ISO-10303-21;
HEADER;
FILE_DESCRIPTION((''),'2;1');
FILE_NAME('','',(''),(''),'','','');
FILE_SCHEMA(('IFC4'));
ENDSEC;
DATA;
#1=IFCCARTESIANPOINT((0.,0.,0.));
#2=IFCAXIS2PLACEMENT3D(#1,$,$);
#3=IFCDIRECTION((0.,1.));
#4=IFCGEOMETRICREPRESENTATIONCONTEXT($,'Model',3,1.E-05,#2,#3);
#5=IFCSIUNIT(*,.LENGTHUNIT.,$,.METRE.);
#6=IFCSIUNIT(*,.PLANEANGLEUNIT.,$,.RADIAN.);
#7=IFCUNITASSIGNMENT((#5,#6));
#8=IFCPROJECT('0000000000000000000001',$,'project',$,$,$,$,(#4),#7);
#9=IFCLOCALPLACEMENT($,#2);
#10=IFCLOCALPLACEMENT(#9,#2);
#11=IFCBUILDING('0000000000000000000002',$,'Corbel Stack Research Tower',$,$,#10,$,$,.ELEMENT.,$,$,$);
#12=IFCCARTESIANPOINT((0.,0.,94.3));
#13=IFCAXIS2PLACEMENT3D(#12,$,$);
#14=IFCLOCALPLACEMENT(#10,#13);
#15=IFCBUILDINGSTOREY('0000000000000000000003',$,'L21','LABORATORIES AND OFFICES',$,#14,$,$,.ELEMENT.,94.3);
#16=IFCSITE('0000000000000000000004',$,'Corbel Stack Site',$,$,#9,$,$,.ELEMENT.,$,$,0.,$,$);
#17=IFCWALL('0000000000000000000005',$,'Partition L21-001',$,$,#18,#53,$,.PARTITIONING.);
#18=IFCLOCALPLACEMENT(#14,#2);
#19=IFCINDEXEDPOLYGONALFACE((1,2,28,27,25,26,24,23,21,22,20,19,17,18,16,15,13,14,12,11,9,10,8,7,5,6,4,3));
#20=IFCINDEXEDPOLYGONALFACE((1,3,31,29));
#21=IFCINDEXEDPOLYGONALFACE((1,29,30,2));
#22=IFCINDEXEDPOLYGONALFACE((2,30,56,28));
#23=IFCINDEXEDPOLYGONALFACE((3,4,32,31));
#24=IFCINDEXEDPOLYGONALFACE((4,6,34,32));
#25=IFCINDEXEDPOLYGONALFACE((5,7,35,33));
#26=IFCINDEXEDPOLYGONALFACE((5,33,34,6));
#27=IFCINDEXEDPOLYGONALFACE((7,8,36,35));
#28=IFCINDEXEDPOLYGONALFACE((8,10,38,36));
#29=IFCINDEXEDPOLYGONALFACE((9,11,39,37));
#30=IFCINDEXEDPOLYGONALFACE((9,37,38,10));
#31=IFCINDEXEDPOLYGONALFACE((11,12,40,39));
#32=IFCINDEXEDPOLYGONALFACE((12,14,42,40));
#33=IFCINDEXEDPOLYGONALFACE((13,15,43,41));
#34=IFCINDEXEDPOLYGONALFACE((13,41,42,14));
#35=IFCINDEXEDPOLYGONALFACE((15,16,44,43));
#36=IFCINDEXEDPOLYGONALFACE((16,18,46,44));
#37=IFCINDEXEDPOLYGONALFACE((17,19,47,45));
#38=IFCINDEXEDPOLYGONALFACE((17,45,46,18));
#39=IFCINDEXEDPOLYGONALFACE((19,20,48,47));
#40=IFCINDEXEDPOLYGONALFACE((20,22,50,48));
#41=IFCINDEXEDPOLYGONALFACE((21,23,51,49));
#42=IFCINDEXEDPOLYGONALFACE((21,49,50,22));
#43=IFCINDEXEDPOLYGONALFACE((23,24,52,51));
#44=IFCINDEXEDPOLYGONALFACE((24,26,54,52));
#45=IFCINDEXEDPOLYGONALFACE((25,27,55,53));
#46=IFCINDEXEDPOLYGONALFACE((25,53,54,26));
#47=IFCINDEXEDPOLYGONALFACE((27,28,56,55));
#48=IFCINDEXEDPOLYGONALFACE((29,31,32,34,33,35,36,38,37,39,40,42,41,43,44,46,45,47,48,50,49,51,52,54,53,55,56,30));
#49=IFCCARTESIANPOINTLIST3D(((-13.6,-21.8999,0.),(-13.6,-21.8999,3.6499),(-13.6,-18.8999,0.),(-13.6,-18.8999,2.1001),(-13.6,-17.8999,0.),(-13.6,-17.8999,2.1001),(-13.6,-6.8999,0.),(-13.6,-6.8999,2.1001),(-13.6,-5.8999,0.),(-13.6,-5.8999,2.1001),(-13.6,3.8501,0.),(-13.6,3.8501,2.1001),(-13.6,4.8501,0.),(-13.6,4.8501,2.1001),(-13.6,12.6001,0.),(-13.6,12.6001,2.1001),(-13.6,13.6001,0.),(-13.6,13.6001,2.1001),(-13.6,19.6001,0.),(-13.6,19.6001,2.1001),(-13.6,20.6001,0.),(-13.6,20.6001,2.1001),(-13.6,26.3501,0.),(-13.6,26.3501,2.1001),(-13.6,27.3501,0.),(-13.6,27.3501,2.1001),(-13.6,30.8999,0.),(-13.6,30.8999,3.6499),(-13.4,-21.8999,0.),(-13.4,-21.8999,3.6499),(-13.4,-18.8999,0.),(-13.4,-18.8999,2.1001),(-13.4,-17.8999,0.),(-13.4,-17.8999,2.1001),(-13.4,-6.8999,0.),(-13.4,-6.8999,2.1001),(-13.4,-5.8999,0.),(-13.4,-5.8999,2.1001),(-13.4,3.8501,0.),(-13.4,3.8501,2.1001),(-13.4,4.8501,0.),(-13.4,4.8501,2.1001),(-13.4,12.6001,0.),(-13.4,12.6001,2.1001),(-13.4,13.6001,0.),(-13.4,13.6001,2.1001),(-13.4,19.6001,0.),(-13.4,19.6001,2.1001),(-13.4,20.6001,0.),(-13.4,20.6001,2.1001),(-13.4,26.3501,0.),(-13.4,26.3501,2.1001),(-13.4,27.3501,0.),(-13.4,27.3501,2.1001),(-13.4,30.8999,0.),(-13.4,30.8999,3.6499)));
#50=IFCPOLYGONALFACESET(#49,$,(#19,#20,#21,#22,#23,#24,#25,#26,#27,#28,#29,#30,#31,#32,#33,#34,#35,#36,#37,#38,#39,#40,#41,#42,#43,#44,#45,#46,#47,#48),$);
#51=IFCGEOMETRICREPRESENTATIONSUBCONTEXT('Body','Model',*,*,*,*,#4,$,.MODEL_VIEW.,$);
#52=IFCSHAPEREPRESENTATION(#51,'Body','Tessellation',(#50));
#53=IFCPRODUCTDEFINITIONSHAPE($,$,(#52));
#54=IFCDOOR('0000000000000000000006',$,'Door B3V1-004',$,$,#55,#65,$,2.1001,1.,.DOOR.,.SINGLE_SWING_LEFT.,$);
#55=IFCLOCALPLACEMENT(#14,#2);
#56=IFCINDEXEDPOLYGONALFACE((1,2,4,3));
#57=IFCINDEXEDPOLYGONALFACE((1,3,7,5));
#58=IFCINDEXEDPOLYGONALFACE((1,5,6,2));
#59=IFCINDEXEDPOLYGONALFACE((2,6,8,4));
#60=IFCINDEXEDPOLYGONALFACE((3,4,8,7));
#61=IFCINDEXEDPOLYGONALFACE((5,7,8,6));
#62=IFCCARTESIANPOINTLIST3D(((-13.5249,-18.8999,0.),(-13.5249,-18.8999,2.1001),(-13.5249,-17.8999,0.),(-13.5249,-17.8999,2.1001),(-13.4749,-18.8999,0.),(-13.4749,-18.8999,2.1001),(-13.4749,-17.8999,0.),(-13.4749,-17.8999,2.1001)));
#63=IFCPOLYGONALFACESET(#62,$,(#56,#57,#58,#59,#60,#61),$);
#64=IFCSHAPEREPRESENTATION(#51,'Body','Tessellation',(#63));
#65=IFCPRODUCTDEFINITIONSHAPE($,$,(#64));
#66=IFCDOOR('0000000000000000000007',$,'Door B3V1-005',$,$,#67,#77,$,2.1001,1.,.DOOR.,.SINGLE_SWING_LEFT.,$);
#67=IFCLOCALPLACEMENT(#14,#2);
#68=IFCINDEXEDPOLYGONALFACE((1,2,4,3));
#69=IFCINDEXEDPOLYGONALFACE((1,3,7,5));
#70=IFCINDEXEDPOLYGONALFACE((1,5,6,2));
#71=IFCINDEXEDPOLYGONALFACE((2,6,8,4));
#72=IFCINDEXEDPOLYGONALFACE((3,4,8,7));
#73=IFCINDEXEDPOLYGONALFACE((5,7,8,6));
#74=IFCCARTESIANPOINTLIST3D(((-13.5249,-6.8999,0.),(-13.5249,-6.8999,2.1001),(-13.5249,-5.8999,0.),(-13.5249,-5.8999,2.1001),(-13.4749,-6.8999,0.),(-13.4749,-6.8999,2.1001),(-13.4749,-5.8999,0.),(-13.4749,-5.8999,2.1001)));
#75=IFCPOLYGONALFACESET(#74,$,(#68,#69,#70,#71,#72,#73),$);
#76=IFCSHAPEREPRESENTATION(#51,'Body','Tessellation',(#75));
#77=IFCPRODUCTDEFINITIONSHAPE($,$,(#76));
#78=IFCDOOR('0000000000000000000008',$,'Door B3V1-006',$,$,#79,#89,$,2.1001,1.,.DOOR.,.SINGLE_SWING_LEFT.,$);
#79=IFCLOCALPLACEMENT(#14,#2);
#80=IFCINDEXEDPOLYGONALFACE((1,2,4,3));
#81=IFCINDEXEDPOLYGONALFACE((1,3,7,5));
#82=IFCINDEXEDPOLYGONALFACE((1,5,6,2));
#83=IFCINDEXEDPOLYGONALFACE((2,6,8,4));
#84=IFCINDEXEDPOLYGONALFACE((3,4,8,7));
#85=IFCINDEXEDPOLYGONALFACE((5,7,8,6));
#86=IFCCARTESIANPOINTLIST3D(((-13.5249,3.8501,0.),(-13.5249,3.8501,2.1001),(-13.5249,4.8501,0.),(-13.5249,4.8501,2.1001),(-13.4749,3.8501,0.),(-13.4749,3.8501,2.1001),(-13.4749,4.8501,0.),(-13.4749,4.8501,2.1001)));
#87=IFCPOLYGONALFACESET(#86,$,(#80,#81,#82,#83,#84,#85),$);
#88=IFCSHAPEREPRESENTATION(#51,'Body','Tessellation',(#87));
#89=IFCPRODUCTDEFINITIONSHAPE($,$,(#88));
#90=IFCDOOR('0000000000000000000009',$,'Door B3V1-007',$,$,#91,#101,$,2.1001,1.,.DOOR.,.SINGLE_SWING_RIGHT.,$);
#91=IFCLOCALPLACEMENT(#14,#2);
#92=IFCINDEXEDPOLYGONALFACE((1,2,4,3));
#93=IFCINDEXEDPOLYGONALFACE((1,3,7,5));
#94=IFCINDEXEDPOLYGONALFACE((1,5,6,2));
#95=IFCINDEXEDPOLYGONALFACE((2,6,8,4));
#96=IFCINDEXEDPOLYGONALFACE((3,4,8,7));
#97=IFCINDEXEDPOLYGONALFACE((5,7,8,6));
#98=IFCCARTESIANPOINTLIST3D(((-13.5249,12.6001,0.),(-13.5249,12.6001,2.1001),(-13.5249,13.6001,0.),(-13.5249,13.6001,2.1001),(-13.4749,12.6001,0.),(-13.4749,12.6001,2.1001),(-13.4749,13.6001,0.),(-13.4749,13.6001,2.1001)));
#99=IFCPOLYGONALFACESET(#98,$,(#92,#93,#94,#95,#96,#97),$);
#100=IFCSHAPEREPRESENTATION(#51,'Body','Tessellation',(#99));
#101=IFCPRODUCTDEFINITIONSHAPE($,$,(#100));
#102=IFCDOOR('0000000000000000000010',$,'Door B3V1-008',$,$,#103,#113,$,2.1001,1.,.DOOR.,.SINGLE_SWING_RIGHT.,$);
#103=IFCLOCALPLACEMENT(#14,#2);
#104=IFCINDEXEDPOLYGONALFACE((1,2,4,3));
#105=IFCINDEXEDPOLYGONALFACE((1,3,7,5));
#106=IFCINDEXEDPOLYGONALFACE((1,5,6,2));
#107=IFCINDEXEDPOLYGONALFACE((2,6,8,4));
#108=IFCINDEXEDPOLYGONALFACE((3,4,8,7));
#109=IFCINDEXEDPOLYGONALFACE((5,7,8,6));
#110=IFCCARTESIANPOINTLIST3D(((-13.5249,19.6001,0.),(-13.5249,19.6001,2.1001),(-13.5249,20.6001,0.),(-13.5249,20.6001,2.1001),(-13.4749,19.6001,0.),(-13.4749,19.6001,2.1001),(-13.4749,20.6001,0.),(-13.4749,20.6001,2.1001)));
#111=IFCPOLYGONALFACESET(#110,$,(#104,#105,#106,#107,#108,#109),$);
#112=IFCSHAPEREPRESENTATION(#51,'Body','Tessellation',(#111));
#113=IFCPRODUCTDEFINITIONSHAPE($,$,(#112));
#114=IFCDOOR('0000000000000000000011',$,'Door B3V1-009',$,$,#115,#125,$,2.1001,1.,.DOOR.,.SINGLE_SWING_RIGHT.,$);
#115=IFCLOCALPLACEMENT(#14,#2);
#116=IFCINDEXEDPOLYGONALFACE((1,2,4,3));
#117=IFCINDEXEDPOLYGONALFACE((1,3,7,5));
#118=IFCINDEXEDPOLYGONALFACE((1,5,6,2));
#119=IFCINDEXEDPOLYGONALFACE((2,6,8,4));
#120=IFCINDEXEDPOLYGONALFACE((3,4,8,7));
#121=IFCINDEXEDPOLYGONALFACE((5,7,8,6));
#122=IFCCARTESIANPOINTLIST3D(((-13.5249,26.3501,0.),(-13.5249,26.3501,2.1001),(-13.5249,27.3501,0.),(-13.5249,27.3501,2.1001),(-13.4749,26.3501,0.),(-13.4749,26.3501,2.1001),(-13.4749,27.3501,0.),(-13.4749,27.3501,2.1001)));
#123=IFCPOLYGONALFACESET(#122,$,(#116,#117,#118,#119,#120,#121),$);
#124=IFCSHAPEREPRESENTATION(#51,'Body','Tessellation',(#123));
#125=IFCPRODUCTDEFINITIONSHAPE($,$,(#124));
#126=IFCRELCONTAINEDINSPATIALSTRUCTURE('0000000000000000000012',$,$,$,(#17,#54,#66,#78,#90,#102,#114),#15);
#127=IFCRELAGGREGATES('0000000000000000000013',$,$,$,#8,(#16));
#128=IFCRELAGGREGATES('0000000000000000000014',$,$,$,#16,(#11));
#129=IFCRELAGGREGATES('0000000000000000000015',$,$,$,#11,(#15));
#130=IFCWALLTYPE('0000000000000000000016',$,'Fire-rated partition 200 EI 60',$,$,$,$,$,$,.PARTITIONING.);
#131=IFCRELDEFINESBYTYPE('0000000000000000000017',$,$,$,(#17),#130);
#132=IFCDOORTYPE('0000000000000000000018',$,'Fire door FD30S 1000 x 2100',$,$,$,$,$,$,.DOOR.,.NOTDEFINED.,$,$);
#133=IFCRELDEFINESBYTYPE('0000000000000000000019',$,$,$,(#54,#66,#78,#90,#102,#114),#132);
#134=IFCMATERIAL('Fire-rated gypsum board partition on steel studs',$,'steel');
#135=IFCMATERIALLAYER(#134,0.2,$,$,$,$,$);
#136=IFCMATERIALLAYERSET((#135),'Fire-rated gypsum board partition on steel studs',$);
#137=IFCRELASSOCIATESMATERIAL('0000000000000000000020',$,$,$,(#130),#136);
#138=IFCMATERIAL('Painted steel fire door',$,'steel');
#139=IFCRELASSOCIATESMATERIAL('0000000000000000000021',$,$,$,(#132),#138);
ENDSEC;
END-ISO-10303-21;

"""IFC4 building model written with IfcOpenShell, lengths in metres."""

from ifc_helpers import new_model, si_unit, direction, frame, frame_2d, origin, place, context, subcontext, project, spatial, rectangle, extrude, material, layer, layer_set, type_object, element, fill, save


model = new_model("IFC4")

# Units and contexts
model_context = context("Model", 3, precision=1e-05, world=origin(), true_north=direction((0.0, 1.0)))
body_context = subcontext(model_context, "Body", "Model", "MODEL_VIEW")
ifc_project = project(units=[si_unit("LENGTHUNIT", "METRE"), si_unit("PLANEANGLEUNIT", "RADIAN")], contexts=[model_context])

# Site, building, storey
site_placement = place(None, origin())
site = spatial("IfcSite", under=ifc_project, at=site_placement, Name="Corbel Stack Site", CompositionType="ELEMENT", RefElevation=0.0)
building_placement = place(site_placement, origin())
building = spatial("IfcBuilding", under=site, at=building_placement, Name="Corbel Stack Research Tower", CompositionType="ELEMENT")
storey_placement = place(building_placement, frame((0.0, 0.0, 94.3)))
storey = spatial("IfcBuildingStorey", under=building, at=storey_placement, Name="L21", Description="LABORATORIES AND OFFICES", CompositionType="ELEMENT", Elevation=94.3)

# Wall, openings, doors
ifc_material_1 = material(Name="Fire-rated gypsum board partition on steel studs", Category="steel")
ifc_layer_1 = layer(ifc_material_1, 0.2)
ifc_layer_set_1 = layer_set([ifc_layer_1], Name="Fire-rated gypsum board partition on steel studs")
wall_type_1 = type_object("IfcWallType", Name="Fire-rated partition 200 EI 60", PredefinedType="PARTITIONING", material=ifc_layer_set_1)
wall_1_placement = place(storey_placement, frame((-13.5, -21.8999, 0.0), z_axis=(0.0, 0.0, 1.0), x_axis=(0.0, 1.0, 0.0)))
wall_1 = element("IfcWall", 1, at=wall_1_placement, inside=storey, type_object=wall_type_1, Name="Partition L21-001", PredefinedType="PARTITIONING", context=body_context, shape_type="SweptSolid", body=[
    extrude(rectangle(XDim=52.7998, YDim=0.2, at=frame_2d((26.3999, 0.0))), origin(), (0.0, 0.0, 1.0), 3.6499),
])
opening_1_placement = place(wall_1_placement, frame((3.0, 0.0, 0.0)))
opening_1 = element("IfcOpeningElement", 2, at=opening_1_placement, cuts=wall_1, PredefinedType="OPENING", context=body_context, shape_type="SweptSolid", body=[
    extrude(rectangle(XDim=1.0, YDim=2.1001, at=frame_2d((0.5, 1.05))), frame((0.0, 0.1099, 0.0), z_axis=(0.0, -1.0, 0.0), x_axis=(1.0, 0.0, 0.0)), (0.0, 0.0, 1.0), 0.22),
])
opening_2_placement = place(wall_1_placement, frame((15.0, 0.0, 0.0)))
opening_2 = element("IfcOpeningElement", 3, at=opening_2_placement, cuts=wall_1, PredefinedType="OPENING", context=body_context, shape_type="SweptSolid", body=[
    extrude(rectangle(XDim=1.0, YDim=2.1001, at=frame_2d((0.5, 1.05))), frame((0.0, 0.1099, 0.0), z_axis=(0.0, -1.0, 0.0), x_axis=(1.0, 0.0, 0.0)), (0.0, 0.0, 1.0), 0.22),
])
opening_3_placement = place(wall_1_placement, frame((25.75, 0.0, 0.0)))
opening_3 = element("IfcOpeningElement", 4, at=opening_3_placement, cuts=wall_1, PredefinedType="OPENING", context=body_context, shape_type="SweptSolid", body=[
    extrude(rectangle(XDim=1.0, YDim=2.1001, at=frame_2d((0.5, 1.05))), frame((0.0, 0.1099, 0.0), z_axis=(0.0, -1.0, 0.0), x_axis=(1.0, 0.0, 0.0)), (0.0, 0.0, 1.0), 0.22),
])
opening_4_placement = place(wall_1_placement, frame((34.5, 0.0, 0.0)))
opening_4 = element("IfcOpeningElement", 5, at=opening_4_placement, cuts=wall_1, PredefinedType="OPENING", context=body_context, shape_type="SweptSolid", body=[
    extrude(rectangle(XDim=1.0, YDim=2.1001, at=frame_2d((0.5, 1.05))), frame((0.0, 0.1099, 0.0), z_axis=(0.0, -1.0, 0.0), x_axis=(1.0, 0.0, 0.0)), (0.0, 0.0, 1.0), 0.22),
])
opening_5_placement = place(wall_1_placement, frame((41.5, 0.0, 0.0)))
opening_5 = element("IfcOpeningElement", 6, at=opening_5_placement, cuts=wall_1, PredefinedType="OPENING", context=body_context, shape_type="SweptSolid", body=[
    extrude(rectangle(XDim=1.0, YDim=2.1001, at=frame_2d((0.5, 1.05))), frame((0.0, 0.1099, 0.0), z_axis=(0.0, -1.0, 0.0), x_axis=(1.0, 0.0, 0.0)), (0.0, 0.0, 1.0), 0.22),
])
opening_6_placement = place(wall_1_placement, frame((48.25, 0.0, 0.0)))
opening_6 = element("IfcOpeningElement", 7, at=opening_6_placement, cuts=wall_1, PredefinedType="OPENING", context=body_context, shape_type="SweptSolid", body=[
    extrude(rectangle(XDim=1.0, YDim=2.1001, at=frame_2d((0.5, 1.05))), frame((0.0, 0.1099, 0.0), z_axis=(0.0, -1.0, 0.0), x_axis=(1.0, 0.0, 0.0)), (0.0, 0.0, 1.0), 0.22),
])
ifc_material_2 = material(Name="Painted steel fire door", Category="steel")
door_type_1 = type_object("IfcDoorType", Name="Fire door FD30S 1000 x 2100", OperationType="NOTDEFINED", PredefinedType="DOOR", material=ifc_material_2)
door_1_placement = place(opening_1_placement, origin())
door_1 = element("IfcDoor", 8, at=door_1_placement, inside=storey, type_object=door_type_1, Name="Door B3V1-004", OperationType="SINGLE_SWING_LEFT", OverallHeight=2.1001, OverallWidth=1.0, PredefinedType="DOOR", context=body_context, shape_type="SweptSolid", body=[
    extrude(rectangle(XDim=1.0, YDim=2.1001, at=frame_2d((0.5, 1.05))), frame((0.0, 0.0249, 0.0), z_axis=(0.0, -1.0, 0.0), x_axis=(1.0, 0.0, 0.0)), (0.0, 0.0, 1.0), 0.05),
])
fill(opening_1, door_1)
door_2_placement = place(opening_2_placement, origin())
door_2 = element("IfcDoor", 9, at=door_2_placement, inside=storey, type_object=door_type_1, Name="Door B3V1-005", OperationType="SINGLE_SWING_LEFT", OverallHeight=2.1001, OverallWidth=1.0, PredefinedType="DOOR", context=body_context, shape_type="SweptSolid", body=[
    extrude(rectangle(XDim=1.0, YDim=2.1001, at=frame_2d((0.5, 1.05))), frame((0.0, 0.0249, 0.0), z_axis=(0.0, -1.0, 0.0), x_axis=(1.0, 0.0, 0.0)), (0.0, 0.0, 1.0), 0.05),
])
fill(opening_2, door_2)
door_3_placement = place(opening_3_placement, origin())
door_3 = element("IfcDoor", 10, at=door_3_placement, inside=storey, type_object=door_type_1, Name="Door B3V1-006", OperationType="SINGLE_SWING_LEFT", OverallHeight=2.1001, OverallWidth=1.0, PredefinedType="DOOR", context=body_context, shape_type="SweptSolid", body=[
    extrude(rectangle(XDim=1.0, YDim=2.1001, at=frame_2d((0.5, 1.05))), frame((0.0, 0.0249, 0.0), z_axis=(0.0, -1.0, 0.0), x_axis=(1.0, 0.0, 0.0)), (0.0, 0.0, 1.0), 0.05),
])
fill(opening_3, door_3)
door_4_placement = place(opening_4_placement, origin())
door_4 = element("IfcDoor", 11, at=door_4_placement, inside=storey, type_object=door_type_1, Name="Door B3V1-007", OperationType="SINGLE_SWING_RIGHT", OverallHeight=2.1001, OverallWidth=1.0, PredefinedType="DOOR", context=body_context, shape_type="SweptSolid", body=[
    extrude(rectangle(XDim=1.0, YDim=2.1001, at=frame_2d((0.5, 1.05))), frame((0.0, 0.0249, 0.0), z_axis=(0.0, -1.0, 0.0), x_axis=(1.0, 0.0, 0.0)), (0.0, 0.0, 1.0), 0.05),
])
fill(opening_4, door_4)
door_5_placement = place(opening_5_placement, origin())
door_5 = element("IfcDoor", 12, at=door_5_placement, inside=storey, type_object=door_type_1, Name="Door B3V1-008", OperationType="SINGLE_SWING_RIGHT", OverallHeight=2.1001, OverallWidth=1.0, PredefinedType="DOOR", context=body_context, shape_type="SweptSolid", body=[
    extrude(rectangle(XDim=1.0, YDim=2.1001, at=frame_2d((0.5, 1.05))), frame((0.0, 0.0249, 0.0), z_axis=(0.0, -1.0, 0.0), x_axis=(1.0, 0.0, 0.0)), (0.0, 0.0, 1.0), 0.05),
])
fill(opening_5, door_5)
door_6_placement = place(opening_6_placement, origin())
door_6 = element("IfcDoor", 13, at=door_6_placement, inside=storey, type_object=door_type_1, Name="Door B3V1-009", OperationType="SINGLE_SWING_RIGHT", OverallHeight=2.1001, OverallWidth=1.0, PredefinedType="DOOR", context=body_context, shape_type="SweptSolid", body=[
    extrude(rectangle(XDim=1.0, YDim=2.1001, at=frame_2d((0.5, 1.05))), frame((0.0, 0.0249, 0.0), z_axis=(0.0, -1.0, 0.0), x_axis=(1.0, 0.0, 0.0)), (0.0, 0.0, 1.0), 0.05),
])
fill(opening_6, door_6)

save(model, "model.ifc")
